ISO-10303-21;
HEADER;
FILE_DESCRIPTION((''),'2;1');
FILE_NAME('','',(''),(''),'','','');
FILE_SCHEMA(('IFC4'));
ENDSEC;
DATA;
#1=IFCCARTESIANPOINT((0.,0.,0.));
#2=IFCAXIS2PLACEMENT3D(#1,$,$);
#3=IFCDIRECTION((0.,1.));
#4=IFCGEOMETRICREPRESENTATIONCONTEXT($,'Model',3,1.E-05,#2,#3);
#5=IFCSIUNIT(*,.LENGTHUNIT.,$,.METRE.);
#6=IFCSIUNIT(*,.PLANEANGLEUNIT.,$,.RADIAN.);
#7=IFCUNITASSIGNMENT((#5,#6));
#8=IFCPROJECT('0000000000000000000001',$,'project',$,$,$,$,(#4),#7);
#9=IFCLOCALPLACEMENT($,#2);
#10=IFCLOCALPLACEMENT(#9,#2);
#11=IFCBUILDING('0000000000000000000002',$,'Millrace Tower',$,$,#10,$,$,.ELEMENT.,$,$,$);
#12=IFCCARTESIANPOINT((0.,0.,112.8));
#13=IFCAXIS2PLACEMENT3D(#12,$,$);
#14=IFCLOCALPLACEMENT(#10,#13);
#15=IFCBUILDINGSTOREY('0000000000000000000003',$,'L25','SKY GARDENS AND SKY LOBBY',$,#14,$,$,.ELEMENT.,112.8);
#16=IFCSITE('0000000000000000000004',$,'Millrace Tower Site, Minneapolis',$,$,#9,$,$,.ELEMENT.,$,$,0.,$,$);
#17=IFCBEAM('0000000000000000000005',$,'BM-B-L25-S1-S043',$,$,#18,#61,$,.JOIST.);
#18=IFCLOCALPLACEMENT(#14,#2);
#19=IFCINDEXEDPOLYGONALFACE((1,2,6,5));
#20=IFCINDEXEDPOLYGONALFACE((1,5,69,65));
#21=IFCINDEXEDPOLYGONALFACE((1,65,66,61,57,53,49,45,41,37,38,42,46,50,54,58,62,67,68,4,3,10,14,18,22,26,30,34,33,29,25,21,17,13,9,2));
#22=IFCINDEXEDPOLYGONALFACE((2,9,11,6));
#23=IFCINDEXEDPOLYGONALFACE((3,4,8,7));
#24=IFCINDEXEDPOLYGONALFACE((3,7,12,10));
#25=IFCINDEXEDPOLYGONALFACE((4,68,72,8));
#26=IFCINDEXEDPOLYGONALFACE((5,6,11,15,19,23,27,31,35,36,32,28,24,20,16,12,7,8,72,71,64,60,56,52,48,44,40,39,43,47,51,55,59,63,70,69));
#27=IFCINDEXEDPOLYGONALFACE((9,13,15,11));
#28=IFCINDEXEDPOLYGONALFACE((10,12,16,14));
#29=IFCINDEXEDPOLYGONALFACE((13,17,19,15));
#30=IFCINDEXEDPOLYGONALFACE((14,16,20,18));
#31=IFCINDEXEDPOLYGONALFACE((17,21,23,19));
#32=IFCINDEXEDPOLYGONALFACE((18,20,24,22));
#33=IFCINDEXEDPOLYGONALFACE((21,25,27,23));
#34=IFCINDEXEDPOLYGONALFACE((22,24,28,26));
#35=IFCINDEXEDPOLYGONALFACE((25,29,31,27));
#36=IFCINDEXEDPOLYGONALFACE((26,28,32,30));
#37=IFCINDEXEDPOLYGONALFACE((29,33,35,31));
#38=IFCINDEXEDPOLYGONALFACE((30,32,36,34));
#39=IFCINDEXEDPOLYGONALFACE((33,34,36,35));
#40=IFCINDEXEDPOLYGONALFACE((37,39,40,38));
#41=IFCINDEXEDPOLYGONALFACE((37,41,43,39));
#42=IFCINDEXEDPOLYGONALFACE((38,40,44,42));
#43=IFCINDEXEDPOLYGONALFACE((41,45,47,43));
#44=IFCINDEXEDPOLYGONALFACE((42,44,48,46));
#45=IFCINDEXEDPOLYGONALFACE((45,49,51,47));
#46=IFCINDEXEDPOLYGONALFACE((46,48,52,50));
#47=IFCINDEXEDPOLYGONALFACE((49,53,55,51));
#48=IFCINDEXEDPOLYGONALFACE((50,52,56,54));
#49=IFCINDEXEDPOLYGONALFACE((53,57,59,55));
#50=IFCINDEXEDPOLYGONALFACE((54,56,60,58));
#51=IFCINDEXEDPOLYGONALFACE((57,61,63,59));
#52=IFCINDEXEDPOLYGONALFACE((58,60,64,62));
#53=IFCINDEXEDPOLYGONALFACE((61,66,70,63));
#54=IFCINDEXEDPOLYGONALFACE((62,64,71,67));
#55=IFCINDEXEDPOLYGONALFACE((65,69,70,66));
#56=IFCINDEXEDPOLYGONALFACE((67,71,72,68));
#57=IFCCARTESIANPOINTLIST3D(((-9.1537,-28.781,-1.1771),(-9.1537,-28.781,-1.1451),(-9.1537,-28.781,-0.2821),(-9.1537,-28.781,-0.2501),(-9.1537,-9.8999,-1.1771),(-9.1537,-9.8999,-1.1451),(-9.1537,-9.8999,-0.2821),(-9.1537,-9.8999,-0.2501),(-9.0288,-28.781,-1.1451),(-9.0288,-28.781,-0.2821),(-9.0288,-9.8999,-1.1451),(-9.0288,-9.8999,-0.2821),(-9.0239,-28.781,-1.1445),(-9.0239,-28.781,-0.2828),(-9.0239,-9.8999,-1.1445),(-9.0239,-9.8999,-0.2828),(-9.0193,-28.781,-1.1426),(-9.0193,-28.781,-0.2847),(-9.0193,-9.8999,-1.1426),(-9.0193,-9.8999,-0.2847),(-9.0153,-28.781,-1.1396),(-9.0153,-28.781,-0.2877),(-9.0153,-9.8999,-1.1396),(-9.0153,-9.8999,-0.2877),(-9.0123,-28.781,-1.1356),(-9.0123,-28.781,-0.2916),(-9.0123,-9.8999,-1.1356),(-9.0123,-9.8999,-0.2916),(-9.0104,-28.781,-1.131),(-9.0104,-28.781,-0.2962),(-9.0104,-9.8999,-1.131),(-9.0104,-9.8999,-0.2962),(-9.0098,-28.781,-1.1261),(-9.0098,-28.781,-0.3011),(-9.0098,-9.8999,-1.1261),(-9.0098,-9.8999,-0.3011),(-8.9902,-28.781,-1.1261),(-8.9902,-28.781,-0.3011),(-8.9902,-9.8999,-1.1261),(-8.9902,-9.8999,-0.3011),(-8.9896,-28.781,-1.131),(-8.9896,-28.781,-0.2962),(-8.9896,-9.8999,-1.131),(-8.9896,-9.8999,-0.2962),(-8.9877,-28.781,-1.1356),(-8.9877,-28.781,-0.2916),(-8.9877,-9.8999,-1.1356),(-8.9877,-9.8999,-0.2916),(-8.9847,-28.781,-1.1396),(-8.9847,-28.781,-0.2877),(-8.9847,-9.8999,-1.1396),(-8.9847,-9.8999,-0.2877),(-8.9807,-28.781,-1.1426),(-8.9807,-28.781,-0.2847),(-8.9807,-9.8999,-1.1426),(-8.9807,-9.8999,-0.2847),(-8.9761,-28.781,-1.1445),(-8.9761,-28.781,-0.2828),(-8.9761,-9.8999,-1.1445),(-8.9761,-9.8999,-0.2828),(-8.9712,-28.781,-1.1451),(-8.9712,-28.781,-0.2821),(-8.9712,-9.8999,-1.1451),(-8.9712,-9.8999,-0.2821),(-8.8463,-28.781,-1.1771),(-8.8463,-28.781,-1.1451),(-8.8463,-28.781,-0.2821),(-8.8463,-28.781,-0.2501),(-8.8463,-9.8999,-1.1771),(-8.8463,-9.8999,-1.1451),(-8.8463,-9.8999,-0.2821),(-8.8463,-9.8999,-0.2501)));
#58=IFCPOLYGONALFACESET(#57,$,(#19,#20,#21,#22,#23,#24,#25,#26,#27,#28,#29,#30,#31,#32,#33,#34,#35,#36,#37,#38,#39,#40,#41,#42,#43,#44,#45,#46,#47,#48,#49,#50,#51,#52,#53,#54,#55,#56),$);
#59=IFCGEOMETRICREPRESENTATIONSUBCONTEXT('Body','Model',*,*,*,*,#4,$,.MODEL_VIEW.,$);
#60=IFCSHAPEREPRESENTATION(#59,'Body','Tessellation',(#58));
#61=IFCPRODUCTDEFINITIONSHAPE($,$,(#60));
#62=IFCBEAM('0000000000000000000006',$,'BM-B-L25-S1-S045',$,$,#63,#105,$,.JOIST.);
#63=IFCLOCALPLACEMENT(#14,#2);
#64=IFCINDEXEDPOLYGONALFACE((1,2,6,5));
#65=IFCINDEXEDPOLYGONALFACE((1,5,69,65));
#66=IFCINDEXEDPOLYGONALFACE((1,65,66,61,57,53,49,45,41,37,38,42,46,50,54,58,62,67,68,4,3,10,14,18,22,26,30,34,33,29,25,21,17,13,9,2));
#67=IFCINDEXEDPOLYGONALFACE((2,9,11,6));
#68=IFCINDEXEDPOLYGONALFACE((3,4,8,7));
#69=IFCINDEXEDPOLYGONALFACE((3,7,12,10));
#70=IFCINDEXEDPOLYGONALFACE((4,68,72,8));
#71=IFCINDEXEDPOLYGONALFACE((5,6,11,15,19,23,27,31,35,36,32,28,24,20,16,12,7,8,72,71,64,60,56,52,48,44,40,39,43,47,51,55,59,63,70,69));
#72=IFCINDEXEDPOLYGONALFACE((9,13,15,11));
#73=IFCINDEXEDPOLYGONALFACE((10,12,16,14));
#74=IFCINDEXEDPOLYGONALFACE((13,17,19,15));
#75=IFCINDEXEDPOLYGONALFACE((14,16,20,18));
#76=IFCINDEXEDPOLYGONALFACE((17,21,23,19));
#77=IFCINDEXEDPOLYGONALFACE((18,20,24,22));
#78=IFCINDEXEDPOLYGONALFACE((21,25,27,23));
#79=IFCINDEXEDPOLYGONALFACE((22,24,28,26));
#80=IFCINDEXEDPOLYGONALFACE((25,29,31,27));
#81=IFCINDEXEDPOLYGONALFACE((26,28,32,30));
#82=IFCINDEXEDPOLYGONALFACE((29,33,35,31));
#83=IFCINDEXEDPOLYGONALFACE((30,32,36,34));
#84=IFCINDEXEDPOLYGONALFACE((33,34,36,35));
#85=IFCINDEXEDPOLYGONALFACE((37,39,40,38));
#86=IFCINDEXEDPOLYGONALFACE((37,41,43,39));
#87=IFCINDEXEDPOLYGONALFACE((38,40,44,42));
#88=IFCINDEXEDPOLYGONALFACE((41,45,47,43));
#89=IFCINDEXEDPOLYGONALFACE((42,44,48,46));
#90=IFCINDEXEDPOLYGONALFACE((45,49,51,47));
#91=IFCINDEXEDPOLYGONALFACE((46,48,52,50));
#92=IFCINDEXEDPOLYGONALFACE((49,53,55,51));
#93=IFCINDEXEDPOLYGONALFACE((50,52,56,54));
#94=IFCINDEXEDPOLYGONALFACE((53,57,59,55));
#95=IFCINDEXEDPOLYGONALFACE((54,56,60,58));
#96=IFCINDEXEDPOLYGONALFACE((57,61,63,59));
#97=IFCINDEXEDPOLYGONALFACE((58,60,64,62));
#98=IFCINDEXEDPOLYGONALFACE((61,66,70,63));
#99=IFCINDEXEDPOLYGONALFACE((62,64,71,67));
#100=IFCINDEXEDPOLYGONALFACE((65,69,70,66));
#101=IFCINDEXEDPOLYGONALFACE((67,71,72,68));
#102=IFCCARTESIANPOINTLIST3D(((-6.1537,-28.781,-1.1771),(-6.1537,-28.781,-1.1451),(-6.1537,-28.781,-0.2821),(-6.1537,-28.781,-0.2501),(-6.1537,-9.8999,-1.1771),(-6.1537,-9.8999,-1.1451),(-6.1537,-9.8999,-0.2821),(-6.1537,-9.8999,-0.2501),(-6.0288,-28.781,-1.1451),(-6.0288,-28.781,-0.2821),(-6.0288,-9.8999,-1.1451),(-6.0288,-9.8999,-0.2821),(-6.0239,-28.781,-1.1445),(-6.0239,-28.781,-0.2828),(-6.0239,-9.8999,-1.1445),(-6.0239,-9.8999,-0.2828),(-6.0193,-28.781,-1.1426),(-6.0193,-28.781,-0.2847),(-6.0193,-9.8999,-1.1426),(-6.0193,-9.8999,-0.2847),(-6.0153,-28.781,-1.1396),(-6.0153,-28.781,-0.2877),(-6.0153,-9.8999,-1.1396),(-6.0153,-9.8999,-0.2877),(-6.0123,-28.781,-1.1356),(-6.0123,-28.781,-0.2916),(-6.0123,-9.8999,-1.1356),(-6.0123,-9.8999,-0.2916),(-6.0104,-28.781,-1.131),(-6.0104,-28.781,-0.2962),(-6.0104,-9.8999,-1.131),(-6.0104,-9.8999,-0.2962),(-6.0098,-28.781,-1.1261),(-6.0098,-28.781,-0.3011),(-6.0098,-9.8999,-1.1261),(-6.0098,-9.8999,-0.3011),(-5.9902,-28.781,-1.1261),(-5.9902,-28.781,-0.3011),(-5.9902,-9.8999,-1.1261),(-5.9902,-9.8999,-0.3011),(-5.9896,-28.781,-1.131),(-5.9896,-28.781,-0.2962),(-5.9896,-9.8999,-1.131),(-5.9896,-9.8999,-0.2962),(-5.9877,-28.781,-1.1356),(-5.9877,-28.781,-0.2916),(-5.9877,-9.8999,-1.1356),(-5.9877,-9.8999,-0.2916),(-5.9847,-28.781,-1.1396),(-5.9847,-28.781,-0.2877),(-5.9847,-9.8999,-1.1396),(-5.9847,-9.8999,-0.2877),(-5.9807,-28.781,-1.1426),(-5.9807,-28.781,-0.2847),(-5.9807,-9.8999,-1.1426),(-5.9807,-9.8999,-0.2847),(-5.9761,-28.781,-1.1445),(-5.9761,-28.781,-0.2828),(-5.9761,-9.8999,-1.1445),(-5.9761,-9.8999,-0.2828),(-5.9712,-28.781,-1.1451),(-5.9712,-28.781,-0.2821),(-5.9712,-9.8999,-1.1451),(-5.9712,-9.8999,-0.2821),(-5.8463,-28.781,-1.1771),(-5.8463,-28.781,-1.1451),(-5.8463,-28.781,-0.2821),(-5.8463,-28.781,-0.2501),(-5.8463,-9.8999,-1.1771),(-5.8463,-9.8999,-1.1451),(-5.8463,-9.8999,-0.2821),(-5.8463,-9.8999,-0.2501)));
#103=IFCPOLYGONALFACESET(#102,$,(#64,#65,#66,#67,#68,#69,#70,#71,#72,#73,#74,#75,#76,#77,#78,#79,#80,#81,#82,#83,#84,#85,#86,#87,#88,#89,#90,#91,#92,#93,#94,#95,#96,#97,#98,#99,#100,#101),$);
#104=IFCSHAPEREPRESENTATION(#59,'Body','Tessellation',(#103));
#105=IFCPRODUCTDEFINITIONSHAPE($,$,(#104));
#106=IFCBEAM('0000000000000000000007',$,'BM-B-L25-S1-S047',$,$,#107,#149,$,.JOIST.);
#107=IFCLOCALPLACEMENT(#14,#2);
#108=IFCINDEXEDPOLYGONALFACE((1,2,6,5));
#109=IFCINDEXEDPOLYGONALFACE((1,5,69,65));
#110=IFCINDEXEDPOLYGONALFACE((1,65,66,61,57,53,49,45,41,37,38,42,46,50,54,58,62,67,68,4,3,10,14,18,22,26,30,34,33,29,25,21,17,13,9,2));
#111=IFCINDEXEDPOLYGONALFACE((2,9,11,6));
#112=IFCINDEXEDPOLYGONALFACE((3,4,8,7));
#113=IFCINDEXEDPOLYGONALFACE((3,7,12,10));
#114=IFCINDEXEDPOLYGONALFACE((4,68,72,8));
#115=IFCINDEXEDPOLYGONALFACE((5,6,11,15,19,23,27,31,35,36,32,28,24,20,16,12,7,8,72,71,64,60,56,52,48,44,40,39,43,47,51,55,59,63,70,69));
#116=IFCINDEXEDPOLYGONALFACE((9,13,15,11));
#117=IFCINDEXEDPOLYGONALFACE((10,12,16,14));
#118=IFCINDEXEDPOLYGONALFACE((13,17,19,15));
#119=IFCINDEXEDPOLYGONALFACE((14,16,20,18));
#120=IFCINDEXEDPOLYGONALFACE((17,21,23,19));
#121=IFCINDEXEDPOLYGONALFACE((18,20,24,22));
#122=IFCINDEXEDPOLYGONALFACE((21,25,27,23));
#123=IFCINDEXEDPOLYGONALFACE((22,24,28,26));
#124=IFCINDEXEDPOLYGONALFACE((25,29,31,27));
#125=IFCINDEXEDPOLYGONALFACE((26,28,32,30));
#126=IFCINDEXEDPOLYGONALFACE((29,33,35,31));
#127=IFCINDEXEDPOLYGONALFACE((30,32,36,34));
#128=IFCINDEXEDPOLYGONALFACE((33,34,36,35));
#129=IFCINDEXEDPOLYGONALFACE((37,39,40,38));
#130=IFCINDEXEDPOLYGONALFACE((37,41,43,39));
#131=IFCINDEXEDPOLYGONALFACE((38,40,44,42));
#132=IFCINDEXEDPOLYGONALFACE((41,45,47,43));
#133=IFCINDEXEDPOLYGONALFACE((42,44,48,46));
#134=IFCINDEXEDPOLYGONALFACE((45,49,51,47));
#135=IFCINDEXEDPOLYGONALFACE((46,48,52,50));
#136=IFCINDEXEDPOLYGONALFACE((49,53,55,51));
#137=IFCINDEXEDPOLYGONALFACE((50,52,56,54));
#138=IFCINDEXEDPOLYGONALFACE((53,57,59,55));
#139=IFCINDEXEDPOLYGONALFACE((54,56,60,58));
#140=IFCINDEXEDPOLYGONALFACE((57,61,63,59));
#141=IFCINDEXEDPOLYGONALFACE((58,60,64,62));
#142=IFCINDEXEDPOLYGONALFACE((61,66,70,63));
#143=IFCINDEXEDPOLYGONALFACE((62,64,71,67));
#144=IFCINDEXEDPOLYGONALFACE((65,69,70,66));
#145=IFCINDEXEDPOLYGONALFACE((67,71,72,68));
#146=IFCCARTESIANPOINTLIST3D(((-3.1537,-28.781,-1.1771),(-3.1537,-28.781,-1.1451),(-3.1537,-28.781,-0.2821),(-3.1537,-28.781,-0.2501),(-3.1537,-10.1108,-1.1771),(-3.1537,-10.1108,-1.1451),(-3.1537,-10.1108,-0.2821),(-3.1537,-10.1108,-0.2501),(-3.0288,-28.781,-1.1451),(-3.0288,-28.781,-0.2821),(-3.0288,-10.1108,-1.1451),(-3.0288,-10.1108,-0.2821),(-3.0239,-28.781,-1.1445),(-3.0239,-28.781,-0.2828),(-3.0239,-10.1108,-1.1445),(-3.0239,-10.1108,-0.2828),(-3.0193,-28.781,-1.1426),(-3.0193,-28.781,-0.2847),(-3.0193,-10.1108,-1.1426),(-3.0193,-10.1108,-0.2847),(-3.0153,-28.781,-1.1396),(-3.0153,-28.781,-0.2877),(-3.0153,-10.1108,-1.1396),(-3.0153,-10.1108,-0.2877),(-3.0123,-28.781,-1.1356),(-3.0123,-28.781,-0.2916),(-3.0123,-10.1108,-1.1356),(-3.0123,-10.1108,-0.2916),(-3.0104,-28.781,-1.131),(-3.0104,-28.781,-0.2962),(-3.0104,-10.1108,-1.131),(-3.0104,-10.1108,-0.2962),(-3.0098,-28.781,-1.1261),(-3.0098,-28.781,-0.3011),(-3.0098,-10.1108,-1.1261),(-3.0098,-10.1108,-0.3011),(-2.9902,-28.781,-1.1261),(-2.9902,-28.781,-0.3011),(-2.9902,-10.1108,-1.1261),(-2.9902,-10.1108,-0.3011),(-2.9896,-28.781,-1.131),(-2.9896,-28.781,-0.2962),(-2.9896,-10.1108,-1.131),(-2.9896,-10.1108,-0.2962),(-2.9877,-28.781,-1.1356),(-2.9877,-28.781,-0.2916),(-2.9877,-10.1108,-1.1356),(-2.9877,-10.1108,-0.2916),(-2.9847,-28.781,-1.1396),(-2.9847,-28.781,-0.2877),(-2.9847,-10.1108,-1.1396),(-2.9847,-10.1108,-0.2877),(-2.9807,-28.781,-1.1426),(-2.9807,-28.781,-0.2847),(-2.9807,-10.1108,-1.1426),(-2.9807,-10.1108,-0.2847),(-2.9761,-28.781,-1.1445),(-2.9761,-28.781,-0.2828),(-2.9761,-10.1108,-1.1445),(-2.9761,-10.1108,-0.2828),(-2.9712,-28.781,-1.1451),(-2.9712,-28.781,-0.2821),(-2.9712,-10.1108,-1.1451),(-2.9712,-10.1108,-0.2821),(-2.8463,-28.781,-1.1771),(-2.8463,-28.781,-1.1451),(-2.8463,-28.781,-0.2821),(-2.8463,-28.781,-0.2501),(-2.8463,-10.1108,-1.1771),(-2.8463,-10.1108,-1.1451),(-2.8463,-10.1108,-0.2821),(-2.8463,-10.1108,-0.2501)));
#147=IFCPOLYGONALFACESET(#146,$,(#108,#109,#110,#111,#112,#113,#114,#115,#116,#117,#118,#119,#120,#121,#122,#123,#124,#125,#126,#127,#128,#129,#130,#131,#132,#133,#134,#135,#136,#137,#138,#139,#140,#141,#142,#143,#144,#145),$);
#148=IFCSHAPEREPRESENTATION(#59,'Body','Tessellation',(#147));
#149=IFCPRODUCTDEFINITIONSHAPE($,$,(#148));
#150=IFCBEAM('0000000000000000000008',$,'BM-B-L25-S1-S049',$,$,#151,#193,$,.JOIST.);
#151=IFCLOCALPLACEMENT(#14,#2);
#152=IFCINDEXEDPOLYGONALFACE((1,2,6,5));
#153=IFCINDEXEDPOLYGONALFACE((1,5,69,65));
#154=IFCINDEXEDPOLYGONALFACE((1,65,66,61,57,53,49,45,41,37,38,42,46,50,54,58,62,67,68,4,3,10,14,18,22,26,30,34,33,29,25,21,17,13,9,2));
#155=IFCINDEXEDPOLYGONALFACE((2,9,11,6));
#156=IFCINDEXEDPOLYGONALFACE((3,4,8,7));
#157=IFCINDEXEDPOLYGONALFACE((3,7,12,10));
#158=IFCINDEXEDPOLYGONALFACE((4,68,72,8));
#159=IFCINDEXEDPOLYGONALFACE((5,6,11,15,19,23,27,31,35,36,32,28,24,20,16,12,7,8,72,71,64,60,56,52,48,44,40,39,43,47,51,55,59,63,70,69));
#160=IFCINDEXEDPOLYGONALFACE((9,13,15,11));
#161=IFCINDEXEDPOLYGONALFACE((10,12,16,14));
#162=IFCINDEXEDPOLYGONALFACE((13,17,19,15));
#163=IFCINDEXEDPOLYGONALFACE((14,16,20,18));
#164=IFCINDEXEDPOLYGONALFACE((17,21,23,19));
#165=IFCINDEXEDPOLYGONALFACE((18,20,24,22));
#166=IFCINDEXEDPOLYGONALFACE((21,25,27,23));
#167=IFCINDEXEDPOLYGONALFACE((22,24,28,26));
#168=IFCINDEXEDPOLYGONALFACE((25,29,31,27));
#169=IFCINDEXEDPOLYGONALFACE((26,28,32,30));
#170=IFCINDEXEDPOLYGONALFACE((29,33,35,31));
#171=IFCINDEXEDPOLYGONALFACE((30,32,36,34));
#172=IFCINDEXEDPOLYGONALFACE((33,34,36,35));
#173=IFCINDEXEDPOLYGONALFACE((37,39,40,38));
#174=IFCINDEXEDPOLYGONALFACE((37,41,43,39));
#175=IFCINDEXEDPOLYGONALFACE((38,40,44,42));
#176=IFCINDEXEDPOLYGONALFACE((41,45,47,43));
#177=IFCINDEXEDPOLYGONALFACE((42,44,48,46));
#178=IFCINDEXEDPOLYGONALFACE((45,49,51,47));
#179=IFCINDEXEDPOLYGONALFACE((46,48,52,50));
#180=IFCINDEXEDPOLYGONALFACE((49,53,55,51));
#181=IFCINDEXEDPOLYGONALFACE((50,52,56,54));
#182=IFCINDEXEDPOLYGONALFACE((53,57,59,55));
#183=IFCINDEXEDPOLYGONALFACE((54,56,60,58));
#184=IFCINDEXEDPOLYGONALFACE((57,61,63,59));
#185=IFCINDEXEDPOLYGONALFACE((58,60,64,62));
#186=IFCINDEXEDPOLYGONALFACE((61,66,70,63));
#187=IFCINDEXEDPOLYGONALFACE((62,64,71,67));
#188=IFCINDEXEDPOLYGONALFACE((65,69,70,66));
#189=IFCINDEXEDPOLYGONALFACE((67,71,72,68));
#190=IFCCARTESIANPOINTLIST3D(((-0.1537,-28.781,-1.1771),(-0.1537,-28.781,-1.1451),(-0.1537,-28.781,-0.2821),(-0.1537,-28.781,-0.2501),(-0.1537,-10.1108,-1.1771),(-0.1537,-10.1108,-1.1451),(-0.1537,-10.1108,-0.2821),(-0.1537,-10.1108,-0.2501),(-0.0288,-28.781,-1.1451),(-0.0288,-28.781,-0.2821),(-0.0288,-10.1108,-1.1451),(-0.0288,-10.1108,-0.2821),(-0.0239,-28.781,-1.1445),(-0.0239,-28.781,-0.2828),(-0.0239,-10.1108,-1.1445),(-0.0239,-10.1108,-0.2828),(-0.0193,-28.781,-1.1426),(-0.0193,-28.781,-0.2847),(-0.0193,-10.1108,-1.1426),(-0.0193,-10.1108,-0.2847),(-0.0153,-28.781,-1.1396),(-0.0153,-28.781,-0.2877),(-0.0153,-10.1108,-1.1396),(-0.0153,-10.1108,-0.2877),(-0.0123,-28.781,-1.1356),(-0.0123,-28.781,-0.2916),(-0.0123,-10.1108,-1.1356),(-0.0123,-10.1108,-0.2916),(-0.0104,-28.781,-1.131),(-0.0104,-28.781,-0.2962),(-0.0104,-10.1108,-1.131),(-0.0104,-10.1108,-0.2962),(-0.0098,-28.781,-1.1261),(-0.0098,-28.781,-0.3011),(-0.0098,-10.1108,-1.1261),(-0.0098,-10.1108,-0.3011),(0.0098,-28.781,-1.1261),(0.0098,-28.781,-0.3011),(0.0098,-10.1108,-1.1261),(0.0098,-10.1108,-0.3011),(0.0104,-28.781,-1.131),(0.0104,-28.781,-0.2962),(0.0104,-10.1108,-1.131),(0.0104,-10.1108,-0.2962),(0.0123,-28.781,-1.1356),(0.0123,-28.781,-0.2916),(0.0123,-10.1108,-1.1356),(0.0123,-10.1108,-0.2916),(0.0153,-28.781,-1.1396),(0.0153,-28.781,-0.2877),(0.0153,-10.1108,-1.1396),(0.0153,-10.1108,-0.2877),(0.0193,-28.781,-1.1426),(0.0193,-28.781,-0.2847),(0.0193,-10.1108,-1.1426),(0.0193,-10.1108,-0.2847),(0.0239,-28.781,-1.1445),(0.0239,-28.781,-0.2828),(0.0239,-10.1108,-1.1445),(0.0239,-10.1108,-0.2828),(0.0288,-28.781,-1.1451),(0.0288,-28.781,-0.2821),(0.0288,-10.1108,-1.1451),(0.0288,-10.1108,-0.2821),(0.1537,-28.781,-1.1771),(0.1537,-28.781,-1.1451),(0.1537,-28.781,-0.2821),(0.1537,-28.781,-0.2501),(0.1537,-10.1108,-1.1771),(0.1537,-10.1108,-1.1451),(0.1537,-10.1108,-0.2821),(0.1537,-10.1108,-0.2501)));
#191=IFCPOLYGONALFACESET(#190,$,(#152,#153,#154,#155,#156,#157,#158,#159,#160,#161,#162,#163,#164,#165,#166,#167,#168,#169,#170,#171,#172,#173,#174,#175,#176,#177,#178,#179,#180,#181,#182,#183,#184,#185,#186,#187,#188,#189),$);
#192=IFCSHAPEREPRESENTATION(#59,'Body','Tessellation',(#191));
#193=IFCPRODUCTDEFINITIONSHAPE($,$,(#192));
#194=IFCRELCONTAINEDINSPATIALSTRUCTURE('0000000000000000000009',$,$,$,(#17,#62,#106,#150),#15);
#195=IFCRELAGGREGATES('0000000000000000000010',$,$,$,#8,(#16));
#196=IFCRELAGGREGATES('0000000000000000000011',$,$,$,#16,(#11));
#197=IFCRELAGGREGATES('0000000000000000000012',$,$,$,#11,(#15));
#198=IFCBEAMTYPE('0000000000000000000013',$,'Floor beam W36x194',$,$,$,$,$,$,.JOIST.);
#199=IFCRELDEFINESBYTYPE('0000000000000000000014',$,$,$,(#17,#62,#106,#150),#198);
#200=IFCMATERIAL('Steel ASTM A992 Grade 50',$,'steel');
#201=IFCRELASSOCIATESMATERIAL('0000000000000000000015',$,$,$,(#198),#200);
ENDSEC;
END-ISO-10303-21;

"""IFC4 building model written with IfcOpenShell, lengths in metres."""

from ifc_helpers import new_model, si_unit, direction, frame, origin, origin_2d, place, context, subcontext, project, spatial, i_section, extrude, material, material_profile, profile_set, type_object, element, save


model = new_model("IFC4")

# Units and contexts
model_context = context("Model", 3, precision=1e-05, world=origin(), true_north=direction((0.0, 1.0)))
body_context = subcontext(model_context, "Body", "Model", "MODEL_VIEW")
ifc_project = project(units=[si_unit("LENGTHUNIT", "METRE"), si_unit("PLANEANGLEUNIT", "RADIAN")], contexts=[model_context])

# Site, building, storey
site_placement = place(None, origin())
site = spatial("IfcSite", under=ifc_project, at=site_placement, Name="Millrace Tower Site, Minneapolis", CompositionType="ELEMENT", RefElevation=0.0)
building_placement = place(site_placement, origin())
building = spatial("IfcBuilding", under=site, at=building_placement, Name="Millrace Tower", CompositionType="ELEMENT")
storey_placement = place(building_placement, frame((0.0, 0.0, 112.8)))
storey = spatial("IfcBuildingStorey", under=building, at=storey_placement, Name="L25", Description="SKY GARDENS AND SKY LOBBY", CompositionType="ELEMENT", Elevation=112.8)

# Beams
ifc_material_1 = material(Name="Steel ASTM A992 Grade 50", Category="steel")
ifc_material_profile_1 = material_profile(ifc_material_1, i_section(OverallWidth=0.3074, OverallDepth=0.927, WebThickness=0.0195, FlangeThickness=0.032, FilletRadius=0.019, at=origin_2d()))
ifc_profile_set_1 = profile_set([ifc_material_profile_1], Name="Steel ASTM A992 Grade 50")
beam_type_1 = type_object("IfcBeamType", Name="Floor beam W36x194", PredefinedType="JOIST", material=ifc_profile_set_1)
for number, where, z_axis, x_axis, name in (
    (1, (-9.0, -28.781, -0.7136), (0.0, 1.0, 0.0), (-1.0, 0.0, 0.0), "BM-B-L25-S1-S043"),
    (2, (-6.0, -28.781, -0.7136), (0.0, 1.0, 0.0), (-1.0, 0.0, 0.0), "BM-B-L25-S1-S045"),
):
    element("IfcBeam", number, at=place(storey_placement, frame(where, z_axis=z_axis, x_axis=x_axis)), inside=storey, type_object=beam_type_1, Name=name, PredefinedType="JOIST", context=body_context, shape_type="SweptSolid", body=[
        extrude(i_section(OverallWidth=0.3074, OverallDepth=0.927, WebThickness=0.0195, FlangeThickness=0.032, FilletRadius=0.019, at=origin_2d()), origin(), (0.0, 0.0, 1.0), 18.8811),
    ])
for number, where, z_axis, x_axis, name in (
    (3, (-3.0, -28.781, -0.7136), (0.0, 1.0, 0.0), (-1.0, 0.0, 0.0), "BM-B-L25-S1-S047"),
    (4, (0.0, -28.781, -0.7136), (0.0, 1.0, 0.0), (-1.0, 0.0, 0.0), "BM-B-L25-S1-S049"),
):
    element("IfcBeam", number, at=place(storey_placement, frame(where, z_axis=z_axis, x_axis=x_axis)), inside=storey, type_object=beam_type_1, Name=name, PredefinedType="JOIST", context=body_context, shape_type="SweptSolid", body=[
        extrude(i_section(OverallWidth=0.3074, OverallDepth=0.927, WebThickness=0.0195, FlangeThickness=0.032, FilletRadius=0.019, at=origin_2d()), origin(), (0.0, 0.0, 1.0), 18.6702),
    ])

save(model, "model.ifc")
